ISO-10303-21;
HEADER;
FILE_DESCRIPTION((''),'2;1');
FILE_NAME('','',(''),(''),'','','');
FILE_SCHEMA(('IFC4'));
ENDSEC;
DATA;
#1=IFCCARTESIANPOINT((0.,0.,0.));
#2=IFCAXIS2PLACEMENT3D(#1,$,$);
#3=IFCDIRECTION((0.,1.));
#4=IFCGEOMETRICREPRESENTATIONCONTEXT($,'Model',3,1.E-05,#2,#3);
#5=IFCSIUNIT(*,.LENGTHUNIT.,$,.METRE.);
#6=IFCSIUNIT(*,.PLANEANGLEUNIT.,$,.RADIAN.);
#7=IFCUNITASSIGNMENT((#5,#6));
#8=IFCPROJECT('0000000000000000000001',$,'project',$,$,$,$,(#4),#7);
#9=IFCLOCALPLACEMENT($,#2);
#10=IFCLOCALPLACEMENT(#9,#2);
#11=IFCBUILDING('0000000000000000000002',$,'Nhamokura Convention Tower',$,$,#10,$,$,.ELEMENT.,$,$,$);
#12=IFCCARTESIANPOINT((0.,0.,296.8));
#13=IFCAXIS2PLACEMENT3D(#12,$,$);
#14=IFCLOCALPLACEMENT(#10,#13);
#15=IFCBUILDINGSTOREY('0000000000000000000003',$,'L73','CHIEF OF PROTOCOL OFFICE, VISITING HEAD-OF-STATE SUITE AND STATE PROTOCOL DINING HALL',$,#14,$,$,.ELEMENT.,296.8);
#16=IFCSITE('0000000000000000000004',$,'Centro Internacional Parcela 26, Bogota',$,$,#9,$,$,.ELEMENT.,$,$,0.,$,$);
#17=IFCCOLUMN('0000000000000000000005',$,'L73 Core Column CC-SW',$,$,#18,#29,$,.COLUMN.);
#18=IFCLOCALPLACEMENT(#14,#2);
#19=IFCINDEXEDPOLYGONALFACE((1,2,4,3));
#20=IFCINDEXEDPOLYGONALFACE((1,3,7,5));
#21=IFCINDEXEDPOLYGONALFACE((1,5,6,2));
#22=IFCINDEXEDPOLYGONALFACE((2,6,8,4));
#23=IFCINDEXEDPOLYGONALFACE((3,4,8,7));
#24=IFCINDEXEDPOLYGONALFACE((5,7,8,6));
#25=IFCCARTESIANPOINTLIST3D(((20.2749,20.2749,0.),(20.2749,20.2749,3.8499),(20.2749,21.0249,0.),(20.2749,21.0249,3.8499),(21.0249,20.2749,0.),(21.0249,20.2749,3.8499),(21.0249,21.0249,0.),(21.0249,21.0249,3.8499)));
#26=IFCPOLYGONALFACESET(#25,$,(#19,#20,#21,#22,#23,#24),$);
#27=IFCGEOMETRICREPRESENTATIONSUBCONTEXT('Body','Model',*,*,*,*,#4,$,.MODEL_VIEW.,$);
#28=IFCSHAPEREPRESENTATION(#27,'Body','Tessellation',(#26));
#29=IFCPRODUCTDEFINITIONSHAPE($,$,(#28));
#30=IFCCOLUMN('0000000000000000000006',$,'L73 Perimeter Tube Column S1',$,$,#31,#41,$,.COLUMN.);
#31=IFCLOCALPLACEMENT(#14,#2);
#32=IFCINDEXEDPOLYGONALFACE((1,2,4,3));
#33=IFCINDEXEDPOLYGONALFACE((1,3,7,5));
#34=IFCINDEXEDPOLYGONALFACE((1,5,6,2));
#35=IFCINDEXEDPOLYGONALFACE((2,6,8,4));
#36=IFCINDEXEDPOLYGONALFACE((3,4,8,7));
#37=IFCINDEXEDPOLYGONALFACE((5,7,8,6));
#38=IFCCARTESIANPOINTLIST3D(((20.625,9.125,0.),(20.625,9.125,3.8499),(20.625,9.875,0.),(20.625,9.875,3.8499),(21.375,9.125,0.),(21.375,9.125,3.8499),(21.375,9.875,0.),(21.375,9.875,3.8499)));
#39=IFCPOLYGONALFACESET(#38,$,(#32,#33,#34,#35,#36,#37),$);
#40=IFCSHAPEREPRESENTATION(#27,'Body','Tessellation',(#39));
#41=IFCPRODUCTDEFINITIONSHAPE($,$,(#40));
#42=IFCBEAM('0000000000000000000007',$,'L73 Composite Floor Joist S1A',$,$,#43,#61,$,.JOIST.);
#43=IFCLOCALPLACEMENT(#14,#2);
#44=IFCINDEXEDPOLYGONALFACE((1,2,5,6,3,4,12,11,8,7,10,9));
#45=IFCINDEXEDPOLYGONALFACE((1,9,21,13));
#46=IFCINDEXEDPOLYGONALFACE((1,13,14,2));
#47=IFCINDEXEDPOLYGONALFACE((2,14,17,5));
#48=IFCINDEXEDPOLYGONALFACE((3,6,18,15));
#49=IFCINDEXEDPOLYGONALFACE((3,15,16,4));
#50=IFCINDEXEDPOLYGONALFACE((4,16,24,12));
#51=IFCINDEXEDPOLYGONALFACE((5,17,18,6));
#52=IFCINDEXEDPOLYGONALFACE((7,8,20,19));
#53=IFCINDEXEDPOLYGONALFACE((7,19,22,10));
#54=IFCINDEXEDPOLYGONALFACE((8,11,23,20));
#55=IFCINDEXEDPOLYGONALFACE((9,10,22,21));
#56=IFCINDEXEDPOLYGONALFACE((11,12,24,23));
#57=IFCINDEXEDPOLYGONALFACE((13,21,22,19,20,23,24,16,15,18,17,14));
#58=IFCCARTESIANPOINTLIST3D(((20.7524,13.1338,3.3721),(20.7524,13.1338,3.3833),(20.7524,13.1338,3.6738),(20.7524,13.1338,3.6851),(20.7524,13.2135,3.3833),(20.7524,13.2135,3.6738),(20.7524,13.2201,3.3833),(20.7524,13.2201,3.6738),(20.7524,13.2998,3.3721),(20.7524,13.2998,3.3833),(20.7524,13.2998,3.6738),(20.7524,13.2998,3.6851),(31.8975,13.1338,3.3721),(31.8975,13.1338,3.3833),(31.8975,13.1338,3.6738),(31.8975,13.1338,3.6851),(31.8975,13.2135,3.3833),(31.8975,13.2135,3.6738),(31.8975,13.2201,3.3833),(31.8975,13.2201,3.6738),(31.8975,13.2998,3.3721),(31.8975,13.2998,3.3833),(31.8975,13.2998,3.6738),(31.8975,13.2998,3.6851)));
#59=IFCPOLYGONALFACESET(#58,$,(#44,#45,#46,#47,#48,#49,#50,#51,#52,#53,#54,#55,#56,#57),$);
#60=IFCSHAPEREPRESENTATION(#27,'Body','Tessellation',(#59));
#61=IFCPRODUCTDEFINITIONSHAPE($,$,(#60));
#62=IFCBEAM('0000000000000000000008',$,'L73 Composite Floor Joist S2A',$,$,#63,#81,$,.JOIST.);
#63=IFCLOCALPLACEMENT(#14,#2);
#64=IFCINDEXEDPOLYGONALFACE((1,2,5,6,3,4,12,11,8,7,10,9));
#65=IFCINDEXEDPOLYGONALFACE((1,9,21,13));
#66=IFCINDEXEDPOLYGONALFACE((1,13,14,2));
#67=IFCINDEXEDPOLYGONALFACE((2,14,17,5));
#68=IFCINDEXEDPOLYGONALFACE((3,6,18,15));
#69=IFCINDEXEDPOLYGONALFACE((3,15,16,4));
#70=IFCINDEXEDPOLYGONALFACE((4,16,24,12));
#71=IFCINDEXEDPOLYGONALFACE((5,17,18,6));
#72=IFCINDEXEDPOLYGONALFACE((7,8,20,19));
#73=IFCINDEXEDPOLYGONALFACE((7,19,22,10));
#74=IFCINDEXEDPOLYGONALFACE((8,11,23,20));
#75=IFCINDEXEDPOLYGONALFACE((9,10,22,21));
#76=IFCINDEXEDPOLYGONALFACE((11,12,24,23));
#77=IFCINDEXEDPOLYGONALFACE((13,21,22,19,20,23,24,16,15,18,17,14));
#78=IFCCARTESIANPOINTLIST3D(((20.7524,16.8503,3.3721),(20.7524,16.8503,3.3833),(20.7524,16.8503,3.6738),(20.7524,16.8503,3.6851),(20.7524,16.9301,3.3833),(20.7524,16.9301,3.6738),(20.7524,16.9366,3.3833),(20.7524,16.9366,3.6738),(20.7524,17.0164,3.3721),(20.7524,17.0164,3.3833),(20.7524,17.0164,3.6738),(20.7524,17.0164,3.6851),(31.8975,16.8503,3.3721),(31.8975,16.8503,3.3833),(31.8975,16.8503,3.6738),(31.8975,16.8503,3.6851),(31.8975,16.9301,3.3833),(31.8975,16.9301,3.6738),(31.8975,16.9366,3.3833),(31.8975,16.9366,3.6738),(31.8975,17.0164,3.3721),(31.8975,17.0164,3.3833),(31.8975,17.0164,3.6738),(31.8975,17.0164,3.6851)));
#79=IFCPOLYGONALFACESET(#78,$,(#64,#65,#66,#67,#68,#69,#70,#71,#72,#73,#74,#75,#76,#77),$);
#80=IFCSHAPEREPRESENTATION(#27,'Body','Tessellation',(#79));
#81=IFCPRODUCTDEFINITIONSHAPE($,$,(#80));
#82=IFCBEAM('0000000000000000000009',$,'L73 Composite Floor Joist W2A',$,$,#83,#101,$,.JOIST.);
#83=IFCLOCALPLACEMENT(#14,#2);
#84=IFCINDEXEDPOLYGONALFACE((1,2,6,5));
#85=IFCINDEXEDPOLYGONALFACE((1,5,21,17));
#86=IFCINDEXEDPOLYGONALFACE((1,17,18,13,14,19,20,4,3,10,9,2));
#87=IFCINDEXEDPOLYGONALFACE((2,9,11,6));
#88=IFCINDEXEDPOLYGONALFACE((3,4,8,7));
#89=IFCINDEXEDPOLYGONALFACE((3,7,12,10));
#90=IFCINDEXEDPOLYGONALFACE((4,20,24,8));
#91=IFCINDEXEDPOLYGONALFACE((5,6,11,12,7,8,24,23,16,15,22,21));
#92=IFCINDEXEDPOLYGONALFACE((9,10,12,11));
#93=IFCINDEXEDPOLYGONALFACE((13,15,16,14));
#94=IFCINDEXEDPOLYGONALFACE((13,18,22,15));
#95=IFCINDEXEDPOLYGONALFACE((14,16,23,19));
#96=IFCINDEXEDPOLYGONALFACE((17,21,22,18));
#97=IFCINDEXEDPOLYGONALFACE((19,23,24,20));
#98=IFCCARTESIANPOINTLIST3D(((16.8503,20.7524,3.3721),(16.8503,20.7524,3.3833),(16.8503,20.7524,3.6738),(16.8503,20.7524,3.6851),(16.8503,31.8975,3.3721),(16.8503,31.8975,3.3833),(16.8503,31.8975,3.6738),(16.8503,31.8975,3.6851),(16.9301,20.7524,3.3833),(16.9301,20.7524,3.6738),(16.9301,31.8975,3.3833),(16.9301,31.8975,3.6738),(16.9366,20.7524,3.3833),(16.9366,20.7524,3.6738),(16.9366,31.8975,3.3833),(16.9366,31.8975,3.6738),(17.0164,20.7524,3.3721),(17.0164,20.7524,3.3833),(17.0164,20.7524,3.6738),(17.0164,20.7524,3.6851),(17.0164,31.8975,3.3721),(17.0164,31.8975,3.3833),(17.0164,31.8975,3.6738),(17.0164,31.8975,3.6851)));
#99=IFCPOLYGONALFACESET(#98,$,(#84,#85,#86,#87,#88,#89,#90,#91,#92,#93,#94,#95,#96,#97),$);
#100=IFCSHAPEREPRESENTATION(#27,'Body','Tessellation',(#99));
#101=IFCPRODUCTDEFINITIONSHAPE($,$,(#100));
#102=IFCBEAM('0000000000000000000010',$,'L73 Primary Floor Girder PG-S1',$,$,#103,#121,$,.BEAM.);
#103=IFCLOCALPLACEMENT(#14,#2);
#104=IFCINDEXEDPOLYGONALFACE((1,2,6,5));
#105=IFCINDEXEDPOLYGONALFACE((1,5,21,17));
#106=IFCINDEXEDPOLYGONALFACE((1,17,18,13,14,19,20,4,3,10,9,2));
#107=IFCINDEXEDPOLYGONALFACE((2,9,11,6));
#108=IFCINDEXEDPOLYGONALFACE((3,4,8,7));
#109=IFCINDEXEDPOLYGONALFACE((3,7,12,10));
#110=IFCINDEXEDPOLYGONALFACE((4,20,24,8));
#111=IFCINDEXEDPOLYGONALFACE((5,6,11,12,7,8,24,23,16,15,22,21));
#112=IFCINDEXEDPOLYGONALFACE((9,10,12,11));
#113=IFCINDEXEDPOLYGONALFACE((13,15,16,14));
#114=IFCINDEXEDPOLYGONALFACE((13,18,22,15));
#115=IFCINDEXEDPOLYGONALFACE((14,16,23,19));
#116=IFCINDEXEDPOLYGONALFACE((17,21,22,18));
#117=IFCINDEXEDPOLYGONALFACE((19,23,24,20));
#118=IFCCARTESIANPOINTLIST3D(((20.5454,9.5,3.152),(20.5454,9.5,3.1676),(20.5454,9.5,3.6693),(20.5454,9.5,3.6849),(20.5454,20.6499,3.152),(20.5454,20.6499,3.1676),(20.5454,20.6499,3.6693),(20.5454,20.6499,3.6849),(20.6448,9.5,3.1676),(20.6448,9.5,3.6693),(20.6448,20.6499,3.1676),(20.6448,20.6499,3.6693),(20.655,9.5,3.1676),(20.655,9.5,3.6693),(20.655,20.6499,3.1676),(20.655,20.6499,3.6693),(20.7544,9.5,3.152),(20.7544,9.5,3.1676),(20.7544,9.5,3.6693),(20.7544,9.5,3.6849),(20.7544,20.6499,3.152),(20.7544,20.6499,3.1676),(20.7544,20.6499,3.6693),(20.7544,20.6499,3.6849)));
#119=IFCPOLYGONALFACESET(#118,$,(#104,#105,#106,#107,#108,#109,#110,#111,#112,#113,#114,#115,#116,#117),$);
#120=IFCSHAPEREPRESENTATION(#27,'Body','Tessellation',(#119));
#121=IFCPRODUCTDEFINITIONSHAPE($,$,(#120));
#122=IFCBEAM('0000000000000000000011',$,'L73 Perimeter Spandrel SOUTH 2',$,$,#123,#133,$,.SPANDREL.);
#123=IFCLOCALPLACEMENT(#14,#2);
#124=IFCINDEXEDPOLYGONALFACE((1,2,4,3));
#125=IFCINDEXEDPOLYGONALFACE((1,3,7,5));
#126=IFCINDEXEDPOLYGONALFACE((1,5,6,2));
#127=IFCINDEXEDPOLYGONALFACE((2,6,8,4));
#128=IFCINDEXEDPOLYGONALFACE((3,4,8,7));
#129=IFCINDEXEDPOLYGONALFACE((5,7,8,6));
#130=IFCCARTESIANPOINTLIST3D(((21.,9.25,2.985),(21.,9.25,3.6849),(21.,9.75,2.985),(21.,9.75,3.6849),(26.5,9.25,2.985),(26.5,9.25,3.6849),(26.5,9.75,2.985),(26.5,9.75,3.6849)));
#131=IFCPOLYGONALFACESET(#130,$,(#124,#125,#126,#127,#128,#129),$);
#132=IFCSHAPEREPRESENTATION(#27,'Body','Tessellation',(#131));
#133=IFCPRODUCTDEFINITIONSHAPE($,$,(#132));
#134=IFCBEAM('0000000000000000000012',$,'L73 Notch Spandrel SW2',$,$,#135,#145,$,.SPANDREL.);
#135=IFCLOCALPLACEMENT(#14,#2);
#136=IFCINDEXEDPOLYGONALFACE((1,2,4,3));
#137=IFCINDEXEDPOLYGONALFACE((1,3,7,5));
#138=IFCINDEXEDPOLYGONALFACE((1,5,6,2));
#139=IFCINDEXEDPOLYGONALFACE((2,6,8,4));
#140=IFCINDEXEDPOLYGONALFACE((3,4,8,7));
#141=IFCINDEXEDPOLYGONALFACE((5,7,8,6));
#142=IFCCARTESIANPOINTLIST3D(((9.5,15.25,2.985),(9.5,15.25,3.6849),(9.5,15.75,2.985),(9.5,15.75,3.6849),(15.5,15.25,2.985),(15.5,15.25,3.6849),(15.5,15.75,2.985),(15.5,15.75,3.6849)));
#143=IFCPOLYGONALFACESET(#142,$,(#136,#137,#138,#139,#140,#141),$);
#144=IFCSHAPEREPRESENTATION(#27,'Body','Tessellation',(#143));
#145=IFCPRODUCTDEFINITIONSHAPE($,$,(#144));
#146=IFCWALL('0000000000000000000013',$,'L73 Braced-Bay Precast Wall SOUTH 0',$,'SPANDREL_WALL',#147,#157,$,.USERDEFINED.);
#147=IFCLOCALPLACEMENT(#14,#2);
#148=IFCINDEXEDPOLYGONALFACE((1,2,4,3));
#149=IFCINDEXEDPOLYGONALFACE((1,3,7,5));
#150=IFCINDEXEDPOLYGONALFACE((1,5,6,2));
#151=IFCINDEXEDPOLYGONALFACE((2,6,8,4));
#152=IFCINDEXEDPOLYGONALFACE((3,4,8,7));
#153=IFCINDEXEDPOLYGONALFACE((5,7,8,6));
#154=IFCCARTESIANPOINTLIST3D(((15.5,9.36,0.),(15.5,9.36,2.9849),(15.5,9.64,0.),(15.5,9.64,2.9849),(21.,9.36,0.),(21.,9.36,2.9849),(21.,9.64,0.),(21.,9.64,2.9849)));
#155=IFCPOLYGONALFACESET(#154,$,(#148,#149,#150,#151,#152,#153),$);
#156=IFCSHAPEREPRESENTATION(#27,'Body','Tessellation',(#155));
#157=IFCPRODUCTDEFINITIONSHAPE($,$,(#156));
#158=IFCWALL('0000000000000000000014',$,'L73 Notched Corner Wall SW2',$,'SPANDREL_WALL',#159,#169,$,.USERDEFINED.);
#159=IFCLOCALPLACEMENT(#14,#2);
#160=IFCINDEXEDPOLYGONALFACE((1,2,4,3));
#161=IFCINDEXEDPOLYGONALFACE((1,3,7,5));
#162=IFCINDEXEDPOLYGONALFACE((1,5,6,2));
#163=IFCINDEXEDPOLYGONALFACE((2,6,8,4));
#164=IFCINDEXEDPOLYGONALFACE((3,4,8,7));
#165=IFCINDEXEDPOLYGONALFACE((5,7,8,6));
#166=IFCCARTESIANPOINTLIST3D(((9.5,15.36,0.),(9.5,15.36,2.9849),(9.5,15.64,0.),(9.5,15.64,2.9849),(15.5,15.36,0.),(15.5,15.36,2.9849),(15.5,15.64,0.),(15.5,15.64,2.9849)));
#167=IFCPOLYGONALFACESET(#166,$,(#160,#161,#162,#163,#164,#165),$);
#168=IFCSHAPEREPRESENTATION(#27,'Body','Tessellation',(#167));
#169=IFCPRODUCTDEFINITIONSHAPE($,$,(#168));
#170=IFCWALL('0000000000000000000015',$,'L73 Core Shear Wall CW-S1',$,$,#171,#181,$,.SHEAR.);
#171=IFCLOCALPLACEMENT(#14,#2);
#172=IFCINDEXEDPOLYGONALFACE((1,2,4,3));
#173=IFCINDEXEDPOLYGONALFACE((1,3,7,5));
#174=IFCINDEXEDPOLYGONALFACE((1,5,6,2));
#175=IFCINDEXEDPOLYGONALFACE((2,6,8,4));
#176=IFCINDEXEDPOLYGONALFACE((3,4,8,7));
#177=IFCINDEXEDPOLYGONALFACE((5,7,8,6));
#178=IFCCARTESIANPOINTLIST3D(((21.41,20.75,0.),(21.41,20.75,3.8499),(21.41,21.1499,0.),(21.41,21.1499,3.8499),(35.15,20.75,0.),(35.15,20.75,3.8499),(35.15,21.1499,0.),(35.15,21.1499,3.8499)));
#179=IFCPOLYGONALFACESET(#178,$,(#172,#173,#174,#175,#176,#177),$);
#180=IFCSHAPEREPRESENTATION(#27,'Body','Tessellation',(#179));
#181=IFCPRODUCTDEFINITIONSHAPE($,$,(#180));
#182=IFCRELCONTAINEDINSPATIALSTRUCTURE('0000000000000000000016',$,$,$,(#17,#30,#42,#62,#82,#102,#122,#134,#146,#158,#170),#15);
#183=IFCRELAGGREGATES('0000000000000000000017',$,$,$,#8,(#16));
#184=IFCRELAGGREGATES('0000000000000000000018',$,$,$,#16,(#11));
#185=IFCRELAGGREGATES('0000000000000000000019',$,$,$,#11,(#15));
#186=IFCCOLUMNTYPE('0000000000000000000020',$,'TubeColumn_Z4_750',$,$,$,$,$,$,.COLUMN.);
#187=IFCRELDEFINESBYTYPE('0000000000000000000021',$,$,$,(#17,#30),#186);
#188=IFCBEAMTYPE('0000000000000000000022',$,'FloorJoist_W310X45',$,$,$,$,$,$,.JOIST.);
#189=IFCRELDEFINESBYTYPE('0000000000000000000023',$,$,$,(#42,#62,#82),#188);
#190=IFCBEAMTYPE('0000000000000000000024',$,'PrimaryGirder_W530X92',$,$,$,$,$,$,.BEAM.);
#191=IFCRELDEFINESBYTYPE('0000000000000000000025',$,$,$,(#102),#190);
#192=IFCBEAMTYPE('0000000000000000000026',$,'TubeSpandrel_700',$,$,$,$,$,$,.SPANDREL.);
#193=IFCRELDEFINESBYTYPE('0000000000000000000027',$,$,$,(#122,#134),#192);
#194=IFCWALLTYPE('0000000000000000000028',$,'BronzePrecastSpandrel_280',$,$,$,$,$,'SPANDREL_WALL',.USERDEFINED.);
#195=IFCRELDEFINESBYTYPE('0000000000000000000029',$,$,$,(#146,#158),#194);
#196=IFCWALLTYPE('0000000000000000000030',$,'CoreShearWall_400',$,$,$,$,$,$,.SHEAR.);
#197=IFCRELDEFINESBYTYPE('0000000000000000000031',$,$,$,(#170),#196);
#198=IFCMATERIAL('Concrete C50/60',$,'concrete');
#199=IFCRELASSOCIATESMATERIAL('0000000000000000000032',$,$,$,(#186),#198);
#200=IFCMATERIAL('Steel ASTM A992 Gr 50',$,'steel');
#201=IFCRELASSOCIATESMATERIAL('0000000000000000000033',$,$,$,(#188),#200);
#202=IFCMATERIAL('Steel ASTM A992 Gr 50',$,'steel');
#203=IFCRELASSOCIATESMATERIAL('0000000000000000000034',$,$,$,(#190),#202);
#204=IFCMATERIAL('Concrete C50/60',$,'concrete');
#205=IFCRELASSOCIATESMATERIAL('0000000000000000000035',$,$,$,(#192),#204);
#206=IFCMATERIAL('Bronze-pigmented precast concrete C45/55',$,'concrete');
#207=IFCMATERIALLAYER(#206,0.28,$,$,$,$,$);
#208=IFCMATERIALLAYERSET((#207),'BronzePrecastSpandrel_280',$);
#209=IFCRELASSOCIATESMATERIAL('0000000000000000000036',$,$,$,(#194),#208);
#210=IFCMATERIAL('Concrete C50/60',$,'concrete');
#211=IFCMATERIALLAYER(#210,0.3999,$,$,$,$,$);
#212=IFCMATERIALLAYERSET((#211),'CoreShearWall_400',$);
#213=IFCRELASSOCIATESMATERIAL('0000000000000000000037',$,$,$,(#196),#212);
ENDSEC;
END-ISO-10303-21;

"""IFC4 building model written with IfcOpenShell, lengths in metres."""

from ifc_helpers import new_model, si_unit, direction, frame, frame_2d, origin, origin_2d, place, context, subcontext, project, spatial, rectangle, i_section, extrude, material, layer, layer_set, material_profile, profile_set, type_object, element, save


model = new_model("IFC4")

# Units and contexts
model_context = context("Model", 3, precision=1e-05, world=origin(), true_north=direction((0.0, 1.0)))
body_context = subcontext(model_context, "Body", "Model", "MODEL_VIEW")
ifc_project = project(units=[si_unit("LENGTHUNIT", "METRE"), si_unit("PLANEANGLEUNIT", "RADIAN")], contexts=[model_context])

# Site, building, storey
site_placement = place(None, origin())
site = spatial("IfcSite", under=ifc_project, at=site_placement, Name="Centro Internacional Parcela 26, Bogota", CompositionType="ELEMENT", RefElevation=0.0)
building_placement = place(site_placement, origin())
building = spatial("IfcBuilding", under=site, at=building_placement, Name="Nhamokura Convention Tower", CompositionType="ELEMENT")
storey_placement = place(building_placement, frame((0.0, 0.0, 296.8)))
storey = spatial("IfcBuildingStorey", under=building, at=storey_placement, Name="L73", Description="CHIEF OF PROTOCOL OFFICE, VISITING HEAD-OF-STATE SUITE AND STATE PROTOCOL DINING HALL", CompositionType="ELEMENT", Elevation=296.8)

# Columns
ifc_material_1 = material(Name="Concrete C50/60", Category="concrete")
ifc_material_profile_1 = material_profile(ifc_material_1, rectangle(XDim=0.75, YDim=0.75, at=origin_2d()))
ifc_profile_set_1 = profile_set([ifc_material_profile_1], Name="Concrete C50/60")
column_type = type_object("IfcColumnType", Name="TubeColumn_Z4_750", PredefinedType="COLUMN", material=ifc_profile_set_1)
for number, where, z_axis, x_axis, name in (
    (1, (20.6499, 20.6499, 0.0), (0.0, 0.0, 1.0), (1.0, 0.0, 0.0), "L73 Core Column CC-SW"),
    (2, (21.0, 9.5, 0.0), (0.0, 0.0, 1.0), (1.0, 0.0, 0.0), "L73 Perimeter Tube Column S1"),
):
    element("IfcColumn", number, at=place(storey_placement, frame(where, z_axis=z_axis, x_axis=x_axis)), inside=storey, type_object=column_type, Name=name, PredefinedType="COLUMN", context=body_context, shape_type="SweptSolid", body=[
        extrude(rectangle(XDim=0.75, YDim=0.75, at=origin_2d()), origin(), (0.0, 0.0, 1.0), 3.8499),
    ])

# Beams
ifc_material_2 = material(Name="Steel ASTM A992 Gr 50", Category="steel")
ifc_material_profile_2 = material_profile(ifc_material_2, i_section(OverallWidth=0.166, OverallDepth=0.313, WebThickness=0.0066, FlangeThickness=0.0112, at=origin_2d()))
ifc_profile_set_2 = profile_set([ifc_material_profile_2], Name="Steel ASTM A992 Gr 50")
beam_type_1 = type_object("IfcBeamType", Name="FloorJoist_W310X45", PredefinedType="JOIST", material=ifc_profile_set_2)
for number, where, z_axis, x_axis, name in (
    (3, (20.7524, 13.2168, 3.5286), (1.0, 0.0, 0.0), (0.0, 1.0, 0.0), "L73 Composite Floor Joist S1A"),
    (4, (20.7524, 16.9333, 3.5286), (1.0, 0.0, 0.0), (0.0, 1.0, 0.0), "L73 Composite Floor Joist S2A"),
    (5, (16.9333, 20.7524, 3.5286), (0.0, 1.0, 0.0), (-1.0, 0.0, 0.0), "L73 Composite Floor Joist W2A"),
):
    element("IfcBeam", number, at=place(storey_placement, frame(where, z_axis=z_axis, x_axis=x_axis)), inside=storey, type_object=beam_type_1, Name=name, PredefinedType="JOIST", context=body_context, shape_type="SweptSolid", body=[
        extrude(i_section(OverallWidth=0.166, OverallDepth=0.313, WebThickness=0.0066, FlangeThickness=0.0112, at=origin_2d()), origin(), (0.0, 0.0, 1.0), 11.145),
    ])
ifc_material_3 = material(Name="Steel ASTM A992 Gr 50", Category="steel")
ifc_material_profile_3 = material_profile(ifc_material_3, i_section(OverallWidth=0.209, OverallDepth=0.533, WebThickness=0.0103, FlangeThickness=0.0156, at=origin_2d()))
ifc_profile_set_3 = profile_set([ifc_material_profile_3], Name="Steel ASTM A992 Gr 50")
beam_type_2 = type_object("IfcBeamType", Name="PrimaryGirder_W530X92", PredefinedType="BEAM", material=ifc_profile_set_3)
beam_1_placement = place(storey_placement, frame((20.6499, 9.5, 3.4185), z_axis=(0.0, 1.0, 0.0), x_axis=(-1.0, 0.0, 0.0)))
element("IfcBeam", 6, at=beam_1_placement, inside=storey, type_object=beam_type_2, Name="L73 Primary Floor Girder PG-S1", PredefinedType="BEAM", context=body_context, shape_type="SweptSolid", body=[
    extrude(i_section(OverallWidth=0.209, OverallDepth=0.533, WebThickness=0.0103, FlangeThickness=0.0156, at=origin_2d()), origin(), (0.0, 0.0, 1.0), 11.1499),
])
ifc_material_4 = material(Name="Concrete C50/60", Category="concrete")
ifc_material_profile_4 = material_profile(ifc_material_4, rectangle(XDim=0.5, YDim=0.7, at=origin_2d()))
ifc_profile_set_4 = profile_set([ifc_material_profile_4], Name="Concrete C50/60")
beam_type_3 = type_object("IfcBeamType", Name="TubeSpandrel_700", PredefinedType="SPANDREL", material=ifc_profile_set_4)
beam_2_placement = place(storey_placement, frame((21.0, 9.5, 3.335), z_axis=(1.0, 0.0, 0.0), x_axis=(0.0, 1.0, 0.0)))
element("IfcBeam", 7, at=beam_2_placement, inside=storey, type_object=beam_type_3, Name="L73 Perimeter Spandrel SOUTH 2", PredefinedType="SPANDREL", context=body_context, shape_type="SweptSolid", body=[
    extrude(rectangle(XDim=0.5, YDim=0.7, at=origin_2d()), origin(), (0.0, 0.0, 1.0), 5.5),
])
beam_3_placement = place(storey_placement, frame((15.5, 15.5, 3.335), z_axis=(-1.0, 0.0, 0.0), x_axis=(0.0, -1.0, 0.0)))
element("IfcBeam", 8, at=beam_3_placement, inside=storey, type_object=beam_type_3, Name="L73 Notch Spandrel SW2", PredefinedType="SPANDREL", context=body_context, shape_type="SweptSolid", body=[
    extrude(rectangle(XDim=0.5, YDim=0.7, at=origin_2d()), origin(), (0.0, 0.0, 1.0), 6.0),
])

# Walls
ifc_material_5 = material(Name="Bronze-pigmented precast concrete C45/55", Category="concrete")
ifc_layer_1 = layer(ifc_material_5, 0.28)
ifc_layer_set_1 = layer_set([ifc_layer_1], Name="BronzePrecastSpandrel_280")
wall_type_1 = type_object("IfcWallType", Name="BronzePrecastSpandrel_280", ElementType="SPANDREL_WALL", PredefinedType="USERDEFINED", material=ifc_layer_set_1)
wall_1_placement = place(storey_placement, frame((21.0, 9.5, 0.0), z_axis=(0.0, 0.0, 1.0), x_axis=(-1.0, 0.0, 0.0)))
element("IfcWall", 9, at=wall_1_placement, inside=storey, type_object=wall_type_1, Name="L73 Braced-Bay Precast Wall SOUTH 0", ObjectType="SPANDREL_WALL", PredefinedType="USERDEFINED", context=body_context, shape_type="SweptSolid", body=[
    extrude(rectangle(XDim=5.5, YDim=0.28, at=frame_2d((2.75, 0.0))), origin(), (0.0, 0.0, 1.0), 2.9849),
])
wall_2_placement = place(storey_placement, frame((15.5, 15.5, 0.0), z_axis=(0.0, 0.0, 1.0), x_axis=(-1.0, 0.0, 0.0)))
element("IfcWall", 10, at=wall_2_placement, inside=storey, type_object=wall_type_1, Name="L73 Notched Corner Wall SW2", ObjectType="SPANDREL_WALL", PredefinedType="USERDEFINED", context=body_context, shape_type="SweptSolid", body=[
    extrude(rectangle(XDim=6.0, YDim=0.28, at=frame_2d((3.0, 0.0))), origin(), (0.0, 0.0, 1.0), 2.9849),
])

# Shared definitions
ifc_material_6 = material(Name="Concrete C50/60", Category="concrete")
ifc_layer_2 = layer(ifc_material_6, 0.3999)
ifc_layer_set_2 = layer_set([ifc_layer_2], Name="CoreShearWall_400")
wall_type_2 = type_object("IfcWallType", Name="CoreShearWall_400", PredefinedType="SHEAR", material=ifc_layer_set_2)

# Wall
wall_3_placement = place(storey_placement, frame((21.4099, 20.95, 0.0), z_axis=(0.0, 0.0, 1.0), x_axis=(1.0, 0.0, 0.0)))
element("IfcWall", 11, at=wall_3_placement, inside=storey, type_object=wall_type_2, Name="L73 Core Shear Wall CW-S1", PredefinedType="SHEAR", context=body_context, shape_type="SweptSolid", body=[
    extrude(rectangle(XDim=13.74, YDim=0.3999, at=frame_2d((6.8701, 0.0))), origin(), (0.0, 0.0, 1.0), 3.8499),
])

save(model, "model.ifc")
